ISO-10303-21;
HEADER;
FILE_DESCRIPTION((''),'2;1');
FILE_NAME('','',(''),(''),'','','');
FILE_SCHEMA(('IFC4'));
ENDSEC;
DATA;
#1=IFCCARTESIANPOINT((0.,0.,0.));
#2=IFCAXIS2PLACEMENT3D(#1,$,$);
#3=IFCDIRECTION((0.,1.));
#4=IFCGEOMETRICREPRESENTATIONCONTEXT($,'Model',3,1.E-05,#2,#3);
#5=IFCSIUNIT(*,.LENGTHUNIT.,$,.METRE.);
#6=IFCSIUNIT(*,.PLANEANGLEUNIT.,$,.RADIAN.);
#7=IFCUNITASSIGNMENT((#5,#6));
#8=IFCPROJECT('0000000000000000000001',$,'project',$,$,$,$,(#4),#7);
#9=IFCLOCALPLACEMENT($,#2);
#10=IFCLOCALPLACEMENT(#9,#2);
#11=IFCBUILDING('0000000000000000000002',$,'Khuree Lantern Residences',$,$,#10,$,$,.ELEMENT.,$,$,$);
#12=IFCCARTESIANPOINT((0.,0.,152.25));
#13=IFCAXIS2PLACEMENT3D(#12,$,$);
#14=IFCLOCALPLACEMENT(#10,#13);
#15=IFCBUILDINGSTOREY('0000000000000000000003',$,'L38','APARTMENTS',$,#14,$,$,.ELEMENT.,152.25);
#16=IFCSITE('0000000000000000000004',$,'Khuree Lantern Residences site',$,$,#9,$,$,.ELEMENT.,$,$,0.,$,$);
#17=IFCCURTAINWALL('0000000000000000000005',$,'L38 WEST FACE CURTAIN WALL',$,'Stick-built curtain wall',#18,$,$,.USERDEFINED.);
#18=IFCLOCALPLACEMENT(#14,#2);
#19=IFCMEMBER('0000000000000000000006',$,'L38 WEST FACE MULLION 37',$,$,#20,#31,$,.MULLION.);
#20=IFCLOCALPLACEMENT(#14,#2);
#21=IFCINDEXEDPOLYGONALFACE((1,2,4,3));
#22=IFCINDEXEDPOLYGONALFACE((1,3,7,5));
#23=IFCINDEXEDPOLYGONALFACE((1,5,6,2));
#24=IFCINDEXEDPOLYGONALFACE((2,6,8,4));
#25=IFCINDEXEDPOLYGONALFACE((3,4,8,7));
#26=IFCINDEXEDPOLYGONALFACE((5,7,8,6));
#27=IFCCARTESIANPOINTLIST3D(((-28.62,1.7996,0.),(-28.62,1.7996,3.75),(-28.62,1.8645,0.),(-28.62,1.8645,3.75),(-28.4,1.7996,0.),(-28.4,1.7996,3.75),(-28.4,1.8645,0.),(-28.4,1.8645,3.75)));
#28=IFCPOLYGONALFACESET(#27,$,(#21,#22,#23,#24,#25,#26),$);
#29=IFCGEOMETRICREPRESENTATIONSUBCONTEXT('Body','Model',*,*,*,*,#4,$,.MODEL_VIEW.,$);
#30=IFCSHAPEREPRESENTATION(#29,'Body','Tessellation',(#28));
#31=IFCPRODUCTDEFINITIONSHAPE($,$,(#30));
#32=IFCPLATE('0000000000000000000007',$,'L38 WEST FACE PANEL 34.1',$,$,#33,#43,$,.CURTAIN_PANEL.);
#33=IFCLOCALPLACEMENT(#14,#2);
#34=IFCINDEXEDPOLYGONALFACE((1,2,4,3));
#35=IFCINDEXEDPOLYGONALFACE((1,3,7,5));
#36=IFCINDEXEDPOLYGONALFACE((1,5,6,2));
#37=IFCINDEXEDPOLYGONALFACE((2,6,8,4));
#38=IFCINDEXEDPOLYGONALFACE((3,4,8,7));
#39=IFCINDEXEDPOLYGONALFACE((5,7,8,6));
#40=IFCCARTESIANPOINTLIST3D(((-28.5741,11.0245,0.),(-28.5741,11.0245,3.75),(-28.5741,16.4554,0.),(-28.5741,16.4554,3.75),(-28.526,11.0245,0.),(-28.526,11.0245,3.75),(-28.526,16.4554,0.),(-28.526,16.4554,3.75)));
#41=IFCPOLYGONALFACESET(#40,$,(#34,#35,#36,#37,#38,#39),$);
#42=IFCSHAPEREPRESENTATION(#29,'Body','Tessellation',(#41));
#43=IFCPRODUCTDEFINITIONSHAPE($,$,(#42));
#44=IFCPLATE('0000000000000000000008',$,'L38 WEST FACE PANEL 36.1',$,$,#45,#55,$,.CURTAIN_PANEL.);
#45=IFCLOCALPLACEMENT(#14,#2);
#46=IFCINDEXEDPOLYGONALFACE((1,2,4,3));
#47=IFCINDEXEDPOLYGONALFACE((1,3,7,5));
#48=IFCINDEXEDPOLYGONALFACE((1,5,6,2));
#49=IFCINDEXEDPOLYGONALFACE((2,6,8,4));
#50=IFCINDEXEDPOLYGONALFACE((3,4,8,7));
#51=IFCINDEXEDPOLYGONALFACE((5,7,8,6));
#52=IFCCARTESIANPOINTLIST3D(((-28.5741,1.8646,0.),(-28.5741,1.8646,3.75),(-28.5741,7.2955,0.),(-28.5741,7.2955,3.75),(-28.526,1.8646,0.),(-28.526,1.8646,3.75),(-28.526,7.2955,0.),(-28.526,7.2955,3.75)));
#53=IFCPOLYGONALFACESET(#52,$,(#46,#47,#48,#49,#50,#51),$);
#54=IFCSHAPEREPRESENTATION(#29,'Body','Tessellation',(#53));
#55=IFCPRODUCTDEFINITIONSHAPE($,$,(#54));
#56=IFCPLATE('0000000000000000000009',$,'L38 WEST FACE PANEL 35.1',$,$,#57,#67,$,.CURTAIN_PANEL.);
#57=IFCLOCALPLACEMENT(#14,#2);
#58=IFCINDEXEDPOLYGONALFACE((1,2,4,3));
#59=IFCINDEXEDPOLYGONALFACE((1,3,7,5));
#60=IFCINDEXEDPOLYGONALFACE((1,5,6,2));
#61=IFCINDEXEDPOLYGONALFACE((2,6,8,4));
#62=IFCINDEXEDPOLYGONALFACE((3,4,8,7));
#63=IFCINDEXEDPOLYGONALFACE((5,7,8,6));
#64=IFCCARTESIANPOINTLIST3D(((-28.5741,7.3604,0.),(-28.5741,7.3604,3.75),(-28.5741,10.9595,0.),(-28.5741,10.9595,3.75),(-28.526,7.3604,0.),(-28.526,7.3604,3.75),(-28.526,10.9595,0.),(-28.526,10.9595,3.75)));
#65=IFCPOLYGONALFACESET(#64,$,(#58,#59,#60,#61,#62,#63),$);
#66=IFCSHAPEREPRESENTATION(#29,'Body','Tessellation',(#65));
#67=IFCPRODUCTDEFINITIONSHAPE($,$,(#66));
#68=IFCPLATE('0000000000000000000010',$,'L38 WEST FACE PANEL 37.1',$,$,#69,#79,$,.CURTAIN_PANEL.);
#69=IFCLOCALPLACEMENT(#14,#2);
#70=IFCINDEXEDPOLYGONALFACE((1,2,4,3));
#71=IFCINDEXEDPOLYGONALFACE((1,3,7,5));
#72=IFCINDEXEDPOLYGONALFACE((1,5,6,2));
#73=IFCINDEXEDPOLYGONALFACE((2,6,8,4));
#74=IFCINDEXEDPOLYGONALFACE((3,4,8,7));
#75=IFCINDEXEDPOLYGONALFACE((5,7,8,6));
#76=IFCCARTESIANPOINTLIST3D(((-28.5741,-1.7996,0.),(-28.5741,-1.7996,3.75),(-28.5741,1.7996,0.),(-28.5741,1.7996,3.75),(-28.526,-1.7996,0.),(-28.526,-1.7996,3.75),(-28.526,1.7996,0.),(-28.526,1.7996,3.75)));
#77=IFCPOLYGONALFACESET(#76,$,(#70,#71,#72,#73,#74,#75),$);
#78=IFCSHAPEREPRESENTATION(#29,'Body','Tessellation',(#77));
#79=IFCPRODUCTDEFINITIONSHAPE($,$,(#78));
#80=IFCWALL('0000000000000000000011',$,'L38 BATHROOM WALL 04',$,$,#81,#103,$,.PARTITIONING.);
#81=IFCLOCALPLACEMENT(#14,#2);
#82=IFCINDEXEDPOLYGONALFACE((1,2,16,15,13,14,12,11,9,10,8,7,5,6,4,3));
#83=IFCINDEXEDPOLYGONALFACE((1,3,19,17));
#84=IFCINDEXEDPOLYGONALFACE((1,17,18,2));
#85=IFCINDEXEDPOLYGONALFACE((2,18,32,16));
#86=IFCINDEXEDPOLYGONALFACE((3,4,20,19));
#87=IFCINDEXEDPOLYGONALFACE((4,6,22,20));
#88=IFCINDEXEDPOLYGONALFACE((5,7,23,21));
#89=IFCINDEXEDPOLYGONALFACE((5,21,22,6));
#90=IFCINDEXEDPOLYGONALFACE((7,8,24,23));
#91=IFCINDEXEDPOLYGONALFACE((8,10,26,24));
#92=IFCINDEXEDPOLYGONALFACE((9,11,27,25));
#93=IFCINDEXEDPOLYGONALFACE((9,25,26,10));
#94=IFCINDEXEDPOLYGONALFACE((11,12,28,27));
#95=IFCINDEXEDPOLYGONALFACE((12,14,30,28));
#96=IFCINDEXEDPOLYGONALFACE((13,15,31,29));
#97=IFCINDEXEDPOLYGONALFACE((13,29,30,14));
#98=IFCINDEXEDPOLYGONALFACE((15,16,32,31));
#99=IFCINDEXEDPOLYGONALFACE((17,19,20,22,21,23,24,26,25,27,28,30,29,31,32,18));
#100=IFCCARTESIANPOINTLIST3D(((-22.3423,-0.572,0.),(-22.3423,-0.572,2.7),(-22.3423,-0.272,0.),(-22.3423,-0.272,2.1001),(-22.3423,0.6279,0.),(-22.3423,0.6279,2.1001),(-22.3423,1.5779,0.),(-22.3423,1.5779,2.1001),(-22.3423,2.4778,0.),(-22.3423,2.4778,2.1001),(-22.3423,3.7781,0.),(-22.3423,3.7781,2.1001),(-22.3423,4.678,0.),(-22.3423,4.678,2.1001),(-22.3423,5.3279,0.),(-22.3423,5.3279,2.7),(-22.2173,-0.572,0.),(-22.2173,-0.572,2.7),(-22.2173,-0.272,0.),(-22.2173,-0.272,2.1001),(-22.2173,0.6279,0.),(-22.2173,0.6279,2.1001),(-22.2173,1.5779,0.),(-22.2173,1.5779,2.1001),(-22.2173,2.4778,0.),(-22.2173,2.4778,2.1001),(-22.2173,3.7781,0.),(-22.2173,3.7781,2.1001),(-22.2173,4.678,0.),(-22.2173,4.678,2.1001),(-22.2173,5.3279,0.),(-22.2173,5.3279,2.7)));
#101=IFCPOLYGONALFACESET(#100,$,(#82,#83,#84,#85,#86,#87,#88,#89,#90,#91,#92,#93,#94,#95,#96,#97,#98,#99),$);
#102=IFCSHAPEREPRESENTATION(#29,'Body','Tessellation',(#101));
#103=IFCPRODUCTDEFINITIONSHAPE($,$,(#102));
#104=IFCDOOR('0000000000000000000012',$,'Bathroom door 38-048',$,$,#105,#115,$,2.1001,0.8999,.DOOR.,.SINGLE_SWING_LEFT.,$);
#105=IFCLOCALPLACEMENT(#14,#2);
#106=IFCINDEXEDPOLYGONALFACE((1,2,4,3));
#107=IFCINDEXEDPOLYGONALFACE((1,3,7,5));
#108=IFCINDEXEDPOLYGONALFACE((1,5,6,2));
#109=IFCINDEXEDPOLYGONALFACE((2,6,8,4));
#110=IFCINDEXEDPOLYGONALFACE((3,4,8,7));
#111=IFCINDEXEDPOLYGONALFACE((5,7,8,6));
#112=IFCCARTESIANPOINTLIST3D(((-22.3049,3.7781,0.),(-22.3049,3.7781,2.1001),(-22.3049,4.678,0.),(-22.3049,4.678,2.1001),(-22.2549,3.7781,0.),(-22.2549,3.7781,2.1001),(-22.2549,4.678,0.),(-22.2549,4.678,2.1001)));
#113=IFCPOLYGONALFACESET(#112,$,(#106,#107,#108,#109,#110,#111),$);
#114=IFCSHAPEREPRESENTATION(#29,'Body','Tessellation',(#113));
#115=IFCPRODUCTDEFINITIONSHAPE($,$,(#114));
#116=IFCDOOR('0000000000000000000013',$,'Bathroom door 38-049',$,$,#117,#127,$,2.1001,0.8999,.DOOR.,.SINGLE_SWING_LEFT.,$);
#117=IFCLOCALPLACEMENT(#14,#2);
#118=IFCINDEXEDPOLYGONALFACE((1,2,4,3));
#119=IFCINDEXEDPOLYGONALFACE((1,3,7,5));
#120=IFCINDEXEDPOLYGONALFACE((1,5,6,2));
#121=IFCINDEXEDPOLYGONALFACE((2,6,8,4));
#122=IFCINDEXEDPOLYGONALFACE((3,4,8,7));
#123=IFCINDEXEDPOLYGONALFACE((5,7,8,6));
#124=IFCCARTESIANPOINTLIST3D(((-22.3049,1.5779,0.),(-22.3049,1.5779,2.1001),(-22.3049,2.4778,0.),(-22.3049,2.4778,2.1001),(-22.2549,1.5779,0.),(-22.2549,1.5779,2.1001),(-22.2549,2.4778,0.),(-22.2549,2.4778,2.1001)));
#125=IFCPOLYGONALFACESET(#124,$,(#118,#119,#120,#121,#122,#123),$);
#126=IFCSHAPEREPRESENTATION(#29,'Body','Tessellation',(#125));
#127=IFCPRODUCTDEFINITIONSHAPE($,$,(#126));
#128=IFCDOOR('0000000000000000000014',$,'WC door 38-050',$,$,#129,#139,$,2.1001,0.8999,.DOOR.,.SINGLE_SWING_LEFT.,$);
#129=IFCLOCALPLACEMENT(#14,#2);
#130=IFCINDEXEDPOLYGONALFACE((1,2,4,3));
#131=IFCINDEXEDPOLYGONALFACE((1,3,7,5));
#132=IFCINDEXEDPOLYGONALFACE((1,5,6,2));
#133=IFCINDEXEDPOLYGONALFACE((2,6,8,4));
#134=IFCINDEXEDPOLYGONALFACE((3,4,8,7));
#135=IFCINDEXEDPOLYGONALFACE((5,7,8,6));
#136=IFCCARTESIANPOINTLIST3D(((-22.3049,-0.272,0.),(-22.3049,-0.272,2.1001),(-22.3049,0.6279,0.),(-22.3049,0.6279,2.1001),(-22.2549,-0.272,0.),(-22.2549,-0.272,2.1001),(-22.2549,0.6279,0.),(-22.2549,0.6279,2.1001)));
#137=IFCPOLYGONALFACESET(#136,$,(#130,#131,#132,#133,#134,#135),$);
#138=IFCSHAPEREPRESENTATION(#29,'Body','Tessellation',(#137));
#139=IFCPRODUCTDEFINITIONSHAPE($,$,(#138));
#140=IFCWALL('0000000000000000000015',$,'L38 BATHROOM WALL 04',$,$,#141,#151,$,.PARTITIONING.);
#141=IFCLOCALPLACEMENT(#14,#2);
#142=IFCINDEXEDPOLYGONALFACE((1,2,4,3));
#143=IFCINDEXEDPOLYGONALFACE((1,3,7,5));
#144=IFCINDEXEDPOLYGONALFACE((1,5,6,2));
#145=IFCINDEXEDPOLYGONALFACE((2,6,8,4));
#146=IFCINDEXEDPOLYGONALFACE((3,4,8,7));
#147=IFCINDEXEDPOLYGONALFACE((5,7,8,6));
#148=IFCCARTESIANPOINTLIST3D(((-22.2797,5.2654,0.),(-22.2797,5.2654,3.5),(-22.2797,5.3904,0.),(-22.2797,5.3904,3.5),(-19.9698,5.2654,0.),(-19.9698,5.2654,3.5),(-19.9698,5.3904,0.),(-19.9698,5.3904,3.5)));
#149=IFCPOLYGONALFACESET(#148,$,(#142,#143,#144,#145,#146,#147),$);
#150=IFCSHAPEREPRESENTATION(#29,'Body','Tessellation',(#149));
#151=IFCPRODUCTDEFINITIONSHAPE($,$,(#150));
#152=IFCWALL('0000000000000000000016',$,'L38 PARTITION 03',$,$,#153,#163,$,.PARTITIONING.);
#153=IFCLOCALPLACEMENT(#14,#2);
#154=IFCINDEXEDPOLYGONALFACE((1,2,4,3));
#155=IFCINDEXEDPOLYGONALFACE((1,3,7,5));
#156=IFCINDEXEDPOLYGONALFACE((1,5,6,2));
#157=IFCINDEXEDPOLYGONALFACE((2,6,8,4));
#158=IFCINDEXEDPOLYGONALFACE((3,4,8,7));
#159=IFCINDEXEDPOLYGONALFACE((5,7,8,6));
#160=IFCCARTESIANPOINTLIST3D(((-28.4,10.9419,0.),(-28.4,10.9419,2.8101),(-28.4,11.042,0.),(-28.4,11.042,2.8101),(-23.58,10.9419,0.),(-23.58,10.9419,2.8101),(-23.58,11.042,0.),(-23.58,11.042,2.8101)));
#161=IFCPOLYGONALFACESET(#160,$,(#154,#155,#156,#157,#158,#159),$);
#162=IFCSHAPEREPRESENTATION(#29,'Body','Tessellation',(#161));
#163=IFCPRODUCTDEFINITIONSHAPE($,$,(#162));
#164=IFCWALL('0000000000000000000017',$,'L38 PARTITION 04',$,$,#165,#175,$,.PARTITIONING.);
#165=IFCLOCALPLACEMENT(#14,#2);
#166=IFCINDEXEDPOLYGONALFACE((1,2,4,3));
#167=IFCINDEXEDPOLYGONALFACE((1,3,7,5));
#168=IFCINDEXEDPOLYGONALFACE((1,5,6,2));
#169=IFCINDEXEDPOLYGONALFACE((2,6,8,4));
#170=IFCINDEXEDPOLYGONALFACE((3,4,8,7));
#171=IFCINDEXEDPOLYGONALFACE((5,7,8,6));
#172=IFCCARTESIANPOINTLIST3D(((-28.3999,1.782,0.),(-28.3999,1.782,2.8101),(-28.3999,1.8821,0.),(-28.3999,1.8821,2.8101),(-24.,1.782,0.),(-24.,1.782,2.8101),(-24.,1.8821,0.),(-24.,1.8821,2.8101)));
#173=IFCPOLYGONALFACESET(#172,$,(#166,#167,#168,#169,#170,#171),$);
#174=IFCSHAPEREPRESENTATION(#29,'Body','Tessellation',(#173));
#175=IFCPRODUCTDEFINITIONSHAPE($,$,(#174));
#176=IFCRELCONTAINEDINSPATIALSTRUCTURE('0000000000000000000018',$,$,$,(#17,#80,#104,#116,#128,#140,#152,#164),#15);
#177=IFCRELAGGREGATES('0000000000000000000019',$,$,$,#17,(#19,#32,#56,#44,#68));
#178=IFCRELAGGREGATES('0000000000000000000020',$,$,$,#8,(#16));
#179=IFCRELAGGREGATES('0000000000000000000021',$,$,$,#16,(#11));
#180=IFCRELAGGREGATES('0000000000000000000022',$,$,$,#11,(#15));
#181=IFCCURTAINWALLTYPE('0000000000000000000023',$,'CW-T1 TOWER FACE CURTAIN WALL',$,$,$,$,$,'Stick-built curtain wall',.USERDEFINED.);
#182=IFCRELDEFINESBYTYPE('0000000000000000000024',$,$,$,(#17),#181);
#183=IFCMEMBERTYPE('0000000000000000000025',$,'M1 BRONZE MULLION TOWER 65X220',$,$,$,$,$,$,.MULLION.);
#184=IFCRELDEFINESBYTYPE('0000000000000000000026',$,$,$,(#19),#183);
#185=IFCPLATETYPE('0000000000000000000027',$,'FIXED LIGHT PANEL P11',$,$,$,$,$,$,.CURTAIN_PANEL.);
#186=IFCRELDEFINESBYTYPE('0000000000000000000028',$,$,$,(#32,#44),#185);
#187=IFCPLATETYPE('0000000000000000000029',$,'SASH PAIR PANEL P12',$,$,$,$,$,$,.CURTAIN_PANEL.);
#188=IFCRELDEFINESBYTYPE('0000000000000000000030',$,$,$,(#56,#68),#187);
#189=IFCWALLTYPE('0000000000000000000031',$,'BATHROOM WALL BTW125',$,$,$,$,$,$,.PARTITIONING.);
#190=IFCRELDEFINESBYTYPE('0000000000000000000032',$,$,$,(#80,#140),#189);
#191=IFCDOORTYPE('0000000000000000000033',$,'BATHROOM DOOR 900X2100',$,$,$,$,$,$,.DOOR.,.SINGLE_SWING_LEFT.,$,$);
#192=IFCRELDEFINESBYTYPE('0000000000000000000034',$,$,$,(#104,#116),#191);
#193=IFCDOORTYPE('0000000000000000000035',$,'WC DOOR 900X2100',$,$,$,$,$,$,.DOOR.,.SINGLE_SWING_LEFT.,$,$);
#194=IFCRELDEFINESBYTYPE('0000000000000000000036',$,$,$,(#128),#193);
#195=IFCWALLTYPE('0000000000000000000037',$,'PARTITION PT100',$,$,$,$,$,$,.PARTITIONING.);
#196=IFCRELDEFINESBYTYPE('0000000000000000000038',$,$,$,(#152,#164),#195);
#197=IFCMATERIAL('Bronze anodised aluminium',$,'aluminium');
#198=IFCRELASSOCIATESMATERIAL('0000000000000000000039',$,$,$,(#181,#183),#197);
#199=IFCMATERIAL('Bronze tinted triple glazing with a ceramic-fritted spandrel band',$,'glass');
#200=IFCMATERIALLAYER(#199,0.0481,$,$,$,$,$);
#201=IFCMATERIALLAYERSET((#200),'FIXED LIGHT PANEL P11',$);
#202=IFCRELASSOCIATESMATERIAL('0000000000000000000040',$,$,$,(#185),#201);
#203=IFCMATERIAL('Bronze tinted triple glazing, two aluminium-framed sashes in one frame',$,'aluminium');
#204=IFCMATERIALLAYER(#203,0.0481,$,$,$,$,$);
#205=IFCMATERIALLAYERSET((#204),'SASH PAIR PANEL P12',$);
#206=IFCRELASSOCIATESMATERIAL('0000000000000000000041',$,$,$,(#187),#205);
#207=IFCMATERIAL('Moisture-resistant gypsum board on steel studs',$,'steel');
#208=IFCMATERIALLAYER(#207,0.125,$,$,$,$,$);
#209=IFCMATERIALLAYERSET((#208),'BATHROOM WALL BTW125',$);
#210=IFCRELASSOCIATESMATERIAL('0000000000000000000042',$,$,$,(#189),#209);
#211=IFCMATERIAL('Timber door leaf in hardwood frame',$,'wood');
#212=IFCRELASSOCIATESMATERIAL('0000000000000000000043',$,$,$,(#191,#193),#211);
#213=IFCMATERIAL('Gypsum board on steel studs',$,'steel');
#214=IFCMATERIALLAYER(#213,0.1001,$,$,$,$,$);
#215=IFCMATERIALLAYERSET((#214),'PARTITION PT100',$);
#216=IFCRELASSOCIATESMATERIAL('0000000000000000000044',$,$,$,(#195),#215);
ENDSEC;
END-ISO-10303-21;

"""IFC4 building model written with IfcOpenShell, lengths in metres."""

from ifc_helpers import new_model, si_unit, direction, frame, frame_2d, origin, origin_2d, place, context, subcontext, project, spatial, rectangle, extrude, material, layer, layer_set, material_profile, profile_set, type_object, element, fill, aggregate, save


model = new_model("IFC4")

# Units and contexts
model_context = context("Model", 3, precision=1e-05, world=origin(), true_north=direction((0.0, 1.0)))
body_context = subcontext(model_context, "Body", "Model", "MODEL_VIEW")
ifc_project = project(units=[si_unit("LENGTHUNIT", "METRE"), si_unit("PLANEANGLEUNIT", "RADIAN")], contexts=[model_context])

# Site, building, storey
site_placement = place(None, origin())
site = spatial("IfcSite", under=ifc_project, at=site_placement, Name="Khuree Lantern Residences site", CompositionType="ELEMENT", RefElevation=0.0)
building_placement = place(site_placement, origin())
building = spatial("IfcBuilding", under=site, at=building_placement, Name="Khuree Lantern Residences", CompositionType="ELEMENT")
storey_placement = place(building_placement, frame((0.0, 0.0, 152.25)))
storey = spatial("IfcBuildingStorey", under=building, at=storey_placement, Name="L38", Description="APARTMENTS", CompositionType="ELEMENT", Elevation=152.25)

# Curtain wall
ifc_material_1 = material(Name="Bronze anodised aluminium", Category="aluminium")
curtain_wall_type = type_object("IfcCurtainWallType", Name="CW-T1 TOWER FACE CURTAIN WALL", ElementType="Stick-built curtain wall", PredefinedType="USERDEFINED", material=ifc_material_1)
curtain_wall_placement = place(storey_placement, origin())
curtain_wall = element("IfcCurtainWall", 1, at=curtain_wall_placement, inside=storey, type_object=curtain_wall_type, Name="L38 WEST FACE CURTAIN WALL", ObjectType="Stick-built curtain wall", PredefinedType="USERDEFINED")

# Member
ifc_material_profile_1 = material_profile(ifc_material_1, rectangle(XDim=0.0649, YDim=0.22, at=origin_2d()), Name="M1 65X220")
ifc_profile_set_1 = profile_set([ifc_material_profile_1], Name="Bronze anodised aluminium")
member_type_1 = type_object("IfcMemberType", Name="M1 BRONZE MULLION TOWER 65X220", PredefinedType="MULLION", material=ifc_profile_set_1)
member_1_placement = place(storey_placement, frame((-28.51, 1.832, 0.0), z_axis=(0.0, 0.0, 1.0), x_axis=(0.0, -1.0, 0.0)))
member_1 = element("IfcMember", 2, at=member_1_placement, type_object=member_type_1, Name="L38 WEST FACE MULLION 37", PredefinedType="MULLION", context=body_context, shape_type="SweptSolid", body=[
    extrude(rectangle(XDim=0.0649, YDim=0.22, at=origin_2d()), origin(), (0.0, 0.0, 1.0), 3.75),
])

# Plates
ifc_material_2 = material(Name="Bronze tinted triple glazing with a ceramic-fritted spandrel band", Category="glass")
ifc_layer_1 = layer(ifc_material_2, 0.0481)
ifc_layer_set_1 = layer_set([ifc_layer_1], Name="FIXED LIGHT PANEL P11")
plate_type_1 = type_object("IfcPlateType", Name="FIXED LIGHT PANEL P11", PredefinedType="CURTAIN_PANEL", material=ifc_layer_set_1)
plate_1_placement = place(storey_placement, frame((-28.55, 13.74, 0.0), z_axis=(0.0, 0.0, 1.0), x_axis=(0.0, -1.0, 0.0)))
plate_1 = element("IfcPlate", 3, at=plate_1_placement, type_object=plate_type_1, Name="L38 WEST FACE PANEL 34.1", PredefinedType="CURTAIN_PANEL", context=body_context, shape_type="SweptSolid", body=[
    extrude(rectangle(XDim=5.4309, YDim=0.0481, at=origin_2d()), origin(), (0.0, 0.0, 1.0), 3.75),
])
plate_2_placement = place(storey_placement, frame((-28.55, 4.5801, 0.0), z_axis=(0.0, 0.0, 1.0), x_axis=(0.0, -1.0, 0.0)))
plate_2 = element("IfcPlate", 4, at=plate_2_placement, type_object=plate_type_1, Name="L38 WEST FACE PANEL 36.1", PredefinedType="CURTAIN_PANEL", context=body_context, shape_type="SweptSolid", body=[
    extrude(rectangle(XDim=5.4309, YDim=0.0481, at=origin_2d()), origin(), (0.0, 0.0, 1.0), 3.75),
])
ifc_material_3 = material(Name="Bronze tinted triple glazing, two aluminium-framed sashes in one frame", Category="aluminium")
ifc_layer_2 = layer(ifc_material_3, 0.0481)
ifc_layer_set_2 = layer_set([ifc_layer_2], Name="SASH PAIR PANEL P12")
plate_type_2 = type_object("IfcPlateType", Name="SASH PAIR PANEL P12", PredefinedType="CURTAIN_PANEL", material=ifc_layer_set_2)
plate_3_placement = place(storey_placement, frame((-28.55, 9.1599, 0.0), z_axis=(0.0, 0.0, 1.0), x_axis=(0.0, -1.0, 0.0)))
plate_3 = element("IfcPlate", 5, at=plate_3_placement, type_object=plate_type_2, Name="L38 WEST FACE PANEL 35.1", PredefinedType="CURTAIN_PANEL", context=body_context, shape_type="SweptSolid", body=[
    extrude(rectangle(XDim=3.5991, YDim=0.0481, at=origin_2d()), origin(), (0.0, 0.0, 1.0), 3.75),
])
plate_4_placement = place(storey_placement, frame((-28.55, 0.0, 0.0), z_axis=(0.0, 0.0, 1.0), x_axis=(0.0, -1.0, 0.0)))
plate_4 = element("IfcPlate", 6, at=plate_4_placement, type_object=plate_type_2, Name="L38 WEST FACE PANEL 37.1", PredefinedType="CURTAIN_PANEL", context=body_context, shape_type="SweptSolid", body=[
    extrude(rectangle(XDim=3.5991, YDim=0.0481, at=origin_2d()), origin(), (0.0, 0.0, 1.0), 3.75),
])
aggregate(curtain_wall, [member_1, plate_1, plate_3, plate_2, plate_4])

# Wall, openings, doors
ifc_material_4 = material(Name="Moisture-resistant gypsum board on steel studs", Category="steel")
ifc_layer_3 = layer(ifc_material_4, 0.125)
ifc_layer_set_3 = layer_set([ifc_layer_3], Name="BATHROOM WALL BTW125")
wall_type_1 = type_object("IfcWallType", Name="BATHROOM WALL BTW125", PredefinedType="PARTITIONING", material=ifc_layer_set_3)
wall_1_placement = place(storey_placement, frame((-22.2798, 5.3279, 0.0), z_axis=(0.0, 0.0, 1.0), x_axis=(0.0, -1.0, 0.0)))
wall_1 = element("IfcWall", 7, at=wall_1_placement, inside=storey, type_object=wall_type_1, Name="L38 BATHROOM WALL 04", PredefinedType="PARTITIONING", context=body_context, shape_type="SweptSolid", body=[
    extrude(rectangle(XDim=5.8999, YDim=0.125, at=frame_2d((2.95, 0.0))), origin(), (0.0, 0.0, 1.0), 2.7),
])
opening_1_placement = place(wall_1_placement, frame((0.6499, 0.0, 0.0)))
opening_1 = element("IfcOpeningElement", 8, at=opening_1_placement, cuts=wall_1, PredefinedType="OPENING", context=body_context, shape_type="SweptSolid", body=[
    extrude(rectangle(XDim=0.8999, YDim=2.1001, at=frame_2d((0.45, 1.05))), frame((0.0, 0.0725, 0.0), z_axis=(0.0, -1.0, 0.0), x_axis=(1.0, 0.0, 0.0)), (0.0, 0.0, 1.0), 0.145),
])
opening_2_placement = place(wall_1_placement, frame((2.8501, 0.0, 0.0)))
opening_2 = element("IfcOpeningElement", 9, at=opening_2_placement, cuts=wall_1, PredefinedType="OPENING", context=body_context, shape_type="SweptSolid", body=[
    extrude(rectangle(XDim=0.8999, YDim=2.1001, at=frame_2d((0.45, 1.05))), frame((0.0, 0.0725, 0.0), z_axis=(0.0, -1.0, 0.0), x_axis=(1.0, 0.0, 0.0)), (0.0, 0.0, 1.0), 0.145),
])
opening_3_placement = place(wall_1_placement, frame((4.7, 0.0, 0.0)))
opening_3 = element("IfcOpeningElement", 10, at=opening_3_placement, cuts=wall_1, PredefinedType="OPENING", context=body_context, shape_type="SweptSolid", body=[
    extrude(rectangle(XDim=0.8999, YDim=2.1001, at=frame_2d((0.45, 1.05))), frame((0.0, 0.0725, 0.0), z_axis=(0.0, -1.0, 0.0), x_axis=(1.0, 0.0, 0.0)), (0.0, 0.0, 1.0), 0.145),
])
ifc_material_5 = material(Name="Timber door leaf in hardwood frame", Category="wood")
door_type_1 = type_object("IfcDoorType", Name="BATHROOM DOOR 900X2100", OperationType="SINGLE_SWING_LEFT", PredefinedType="DOOR", material=ifc_material_5)
door_1_placement = place(opening_1_placement, origin())
door_1 = element("IfcDoor", 11, at=door_1_placement, inside=storey, type_object=door_type_1, Name="Bathroom door 38-048", OperationType="SINGLE_SWING_LEFT", OverallHeight=2.1001, OverallWidth=0.8999, PredefinedType="DOOR", context=body_context, shape_type="SweptSolid", body=[
    extrude(rectangle(XDim=0.8999, YDim=2.1001, at=frame_2d((0.45, 1.05))), frame((0.0, 0.0249, 0.0), z_axis=(0.0, -1.0, 0.0), x_axis=(1.0, 0.0, 0.0)), (0.0, 0.0, 1.0), 0.05),
])
fill(opening_1, door_1)
door_2_placement = place(opening_2_placement, origin())
door_2 = element("IfcDoor", 12, at=door_2_placement, inside=storey, type_object=door_type_1, Name="Bathroom door 38-049", OperationType="SINGLE_SWING_LEFT", OverallHeight=2.1001, OverallWidth=0.8999, PredefinedType="DOOR", context=body_context, shape_type="SweptSolid", body=[
    extrude(rectangle(XDim=0.8999, YDim=2.1001, at=frame_2d((0.45, 1.05))), frame((0.0, 0.0249, 0.0), z_axis=(0.0, -1.0, 0.0), x_axis=(1.0, 0.0, 0.0)), (0.0, 0.0, 1.0), 0.05),
])
fill(opening_2, door_2)
door_type_2 = type_object("IfcDoorType", Name="WC DOOR 900X2100", OperationType="SINGLE_SWING_LEFT", PredefinedType="DOOR", material=ifc_material_5)
door_3_placement = place(opening_3_placement, origin())
door_3 = element("IfcDoor", 13, at=door_3_placement, inside=storey, type_object=door_type_2, Name="WC door 38-050", OperationType="SINGLE_SWING_LEFT", OverallHeight=2.1001, OverallWidth=0.8999, PredefinedType="DOOR", context=body_context, shape_type="SweptSolid", body=[
    extrude(rectangle(XDim=0.8999, YDim=2.1001, at=frame_2d((0.45, 1.05))), frame((0.0, 0.0249, 0.0), z_axis=(0.0, -1.0, 0.0), x_axis=(1.0, 0.0, 0.0)), (0.0, 0.0, 1.0), 0.05),
])
fill(opening_3, door_3)

# Walls
wall_2_placement = place(storey_placement, frame((-19.97, 5.3279, 0.0), z_axis=(0.0, 0.0, 1.0), x_axis=(-1.0, 0.0, 0.0)))
element("IfcWall", 14, at=wall_2_placement, inside=storey, type_object=wall_type_1, Name="L38 BATHROOM WALL 04", PredefinedType="PARTITIONING", context=body_context, shape_type="SweptSolid", body=[
    extrude(rectangle(XDim=2.3098, YDim=0.125, at=frame_2d((1.1548, 0.0))), origin(), (0.0, 0.0, 1.0), 3.5),
])
ifc_material_6 = material(Name="Gypsum board on steel studs", Category="steel")
ifc_layer_4 = layer(ifc_material_6, 0.1001)
ifc_layer_set_4 = layer_set([ifc_layer_4], Name="PARTITION PT100")
wall_type_2 = type_object("IfcWallType", Name="PARTITION PT100", PredefinedType="PARTITIONING", material=ifc_layer_set_4)
wall_3_placement = place(storey_placement, frame((-23.5798, 10.9919, 0.0), z_axis=(0.0, 0.0, 1.0), x_axis=(-1.0, 0.0, 0.0)))
element("IfcWall", 15, at=wall_3_placement, inside=storey, type_object=wall_type_2, Name="L38 PARTITION 03", PredefinedType="PARTITIONING", context=body_context, shape_type="SweptSolid", body=[
    extrude(rectangle(XDim=4.8201, YDim=0.1001, at=frame_2d((2.4102, 0.0))), origin(), (0.0, 0.0, 1.0), 2.8101),
])
wall_4_placement = place(storey_placement, frame((-24.0, 1.832, 0.0), z_axis=(0.0, 0.0, 1.0), x_axis=(-1.0, 0.0, 0.0)))
element("IfcWall", 16, at=wall_4_placement, inside=storey, type_object=wall_type_2, Name="L38 PARTITION 04", PredefinedType="PARTITIONING", context=body_context, shape_type="SweptSolid", body=[
    extrude(rectangle(XDim=4.3999, YDim=0.1001, at=frame_2d((2.2, 0.0))), origin(), (0.0, 0.0, 1.0), 2.8101),
])

save(model, "model.ifc")
